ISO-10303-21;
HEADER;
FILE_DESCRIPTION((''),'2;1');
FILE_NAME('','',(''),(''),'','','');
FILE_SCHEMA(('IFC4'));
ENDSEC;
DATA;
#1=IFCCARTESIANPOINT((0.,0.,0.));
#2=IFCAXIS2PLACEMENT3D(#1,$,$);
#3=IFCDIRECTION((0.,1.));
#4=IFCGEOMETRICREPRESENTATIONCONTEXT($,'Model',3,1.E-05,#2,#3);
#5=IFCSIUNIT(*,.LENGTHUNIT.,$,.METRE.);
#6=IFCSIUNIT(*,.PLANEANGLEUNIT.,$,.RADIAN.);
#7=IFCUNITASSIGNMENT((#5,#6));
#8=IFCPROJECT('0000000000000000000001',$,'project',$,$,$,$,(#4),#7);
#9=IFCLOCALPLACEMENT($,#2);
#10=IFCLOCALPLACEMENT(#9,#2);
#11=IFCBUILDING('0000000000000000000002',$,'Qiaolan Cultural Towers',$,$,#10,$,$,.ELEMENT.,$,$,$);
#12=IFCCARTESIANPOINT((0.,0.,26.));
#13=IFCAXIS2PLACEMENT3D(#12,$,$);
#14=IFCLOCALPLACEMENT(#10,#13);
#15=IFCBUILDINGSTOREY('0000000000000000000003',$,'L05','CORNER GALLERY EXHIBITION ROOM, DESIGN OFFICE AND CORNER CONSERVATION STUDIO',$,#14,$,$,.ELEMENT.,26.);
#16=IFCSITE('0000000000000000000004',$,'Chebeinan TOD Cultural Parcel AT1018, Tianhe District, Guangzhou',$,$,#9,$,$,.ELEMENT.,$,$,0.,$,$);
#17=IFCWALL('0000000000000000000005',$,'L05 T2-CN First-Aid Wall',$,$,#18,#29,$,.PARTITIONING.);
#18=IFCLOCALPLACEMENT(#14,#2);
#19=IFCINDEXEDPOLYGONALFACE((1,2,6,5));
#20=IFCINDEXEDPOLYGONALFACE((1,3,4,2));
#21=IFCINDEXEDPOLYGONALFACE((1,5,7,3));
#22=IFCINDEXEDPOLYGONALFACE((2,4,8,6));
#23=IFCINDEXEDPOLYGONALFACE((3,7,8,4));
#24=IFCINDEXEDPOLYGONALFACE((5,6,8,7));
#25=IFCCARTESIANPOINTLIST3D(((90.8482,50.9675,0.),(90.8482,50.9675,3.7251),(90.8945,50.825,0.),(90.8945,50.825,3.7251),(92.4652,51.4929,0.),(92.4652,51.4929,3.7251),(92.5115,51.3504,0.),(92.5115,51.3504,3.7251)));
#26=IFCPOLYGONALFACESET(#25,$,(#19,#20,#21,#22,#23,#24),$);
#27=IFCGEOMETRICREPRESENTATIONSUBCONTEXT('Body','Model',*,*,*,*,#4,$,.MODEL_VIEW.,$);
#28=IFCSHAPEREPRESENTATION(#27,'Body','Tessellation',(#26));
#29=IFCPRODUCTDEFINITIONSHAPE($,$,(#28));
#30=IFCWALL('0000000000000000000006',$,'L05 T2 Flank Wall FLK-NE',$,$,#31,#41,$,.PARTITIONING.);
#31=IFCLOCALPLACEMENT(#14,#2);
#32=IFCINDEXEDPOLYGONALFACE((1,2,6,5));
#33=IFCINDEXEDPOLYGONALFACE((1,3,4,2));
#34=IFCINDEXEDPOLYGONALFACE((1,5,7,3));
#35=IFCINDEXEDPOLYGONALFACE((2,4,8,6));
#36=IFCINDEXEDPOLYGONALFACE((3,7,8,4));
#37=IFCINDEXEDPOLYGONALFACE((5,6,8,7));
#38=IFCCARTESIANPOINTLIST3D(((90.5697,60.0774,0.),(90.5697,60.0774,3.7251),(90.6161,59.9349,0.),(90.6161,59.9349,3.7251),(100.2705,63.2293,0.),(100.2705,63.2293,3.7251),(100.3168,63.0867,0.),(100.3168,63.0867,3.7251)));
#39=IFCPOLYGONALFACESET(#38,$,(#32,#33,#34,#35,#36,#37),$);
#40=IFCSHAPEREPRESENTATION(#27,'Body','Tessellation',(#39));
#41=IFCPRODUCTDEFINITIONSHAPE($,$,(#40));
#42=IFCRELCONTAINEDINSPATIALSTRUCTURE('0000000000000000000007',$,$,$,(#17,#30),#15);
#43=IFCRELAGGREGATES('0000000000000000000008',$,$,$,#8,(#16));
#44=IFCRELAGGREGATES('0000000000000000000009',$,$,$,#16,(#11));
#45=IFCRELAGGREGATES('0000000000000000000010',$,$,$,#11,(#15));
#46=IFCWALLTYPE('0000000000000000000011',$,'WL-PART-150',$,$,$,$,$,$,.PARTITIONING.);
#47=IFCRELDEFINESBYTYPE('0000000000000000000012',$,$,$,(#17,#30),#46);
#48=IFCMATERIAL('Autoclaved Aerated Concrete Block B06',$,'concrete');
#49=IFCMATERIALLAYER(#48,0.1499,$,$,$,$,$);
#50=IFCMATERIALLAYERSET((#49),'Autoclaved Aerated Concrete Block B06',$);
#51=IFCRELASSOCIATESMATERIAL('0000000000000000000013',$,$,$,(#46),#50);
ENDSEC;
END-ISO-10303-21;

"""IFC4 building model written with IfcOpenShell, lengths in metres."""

from ifc_helpers import new_model, si_unit, direction, frame, frame_2d, origin, place, context, subcontext, project, spatial, rectangle, extrude, material, layer, layer_set, type_object, element, save


model = new_model("IFC4")

# Units and contexts
model_context = context("Model", 3, precision=1e-05, world=origin(), true_north=direction((0.0, 1.0)))
body_context = subcontext(model_context, "Body", "Model", "MODEL_VIEW")
ifc_project = project(units=[si_unit("LENGTHUNIT", "METRE"), si_unit("PLANEANGLEUNIT", "RADIAN")], contexts=[model_context])

# Site, building, storey
site_placement = place(None, origin())
site = spatial("IfcSite", under=ifc_project, at=site_placement, Name="Chebeinan TOD Cultural Parcel AT1018, Tianhe District, Guangzhou", CompositionType="ELEMENT", RefElevation=0.0)
building_placement = place(site_placement, origin())
building = spatial("IfcBuilding", under=site, at=building_placement, Name="Qiaolan Cultural Towers", CompositionType="ELEMENT")
storey_placement = place(building_placement, frame((0.0, 0.0, 26.0)))
storey = spatial("IfcBuildingStorey", under=building, at=storey_placement, Name="L05", Description="CORNER GALLERY EXHIBITION ROOM, DESIGN OFFICE AND CORNER CONSERVATION STUDIO", CompositionType="ELEMENT", Elevation=26.0)

# Walls
ifc_material_1 = material(Name="Autoclaved Aerated Concrete Block B06", Category="concrete")
ifc_layer_1 = layer(ifc_material_1, 0.1499)
ifc_layer_set_1 = layer_set([ifc_layer_1], Name="Autoclaved Aerated Concrete Block B06")
wall_type_1 = type_object("IfcWallType", Name="WL-PART-150", PredefinedType="PARTITIONING", material=ifc_layer_set_1)
wall_1_placement = place(storey_placement, frame((90.8713, 50.8962, 0.0), z_axis=(0.0, 0.0, 1.0), x_axis=(0.951054, 0.309024, 0.0)))
element("IfcWall", 1, at=wall_1_placement, inside=storey, type_object=wall_type_1, Name="L05 T2-CN First-Aid Wall", PredefinedType="PARTITIONING", context=body_context, shape_type="SweptSolid", body=[
    extrude(rectangle(XDim=1.7002, YDim=0.1499, at=frame_2d((0.8501, 0.0))), origin(), (0.0, 0.0, 1.0), 3.7251),
])
wall_2_placement = place(storey_placement, frame((90.5928, 60.0061, 0.0), z_axis=(0.0, 0.0, 1.0), x_axis=(0.951059, 0.309009, 0.0)))
element("IfcWall", 2, at=wall_2_placement, inside=storey, type_object=wall_type_1, Name="L05 T2 Flank Wall FLK-NE", PredefinedType="PARTITIONING", context=body_context, shape_type="SweptSolid", body=[
    extrude(rectangle(XDim=10.2, YDim=0.1499, at=frame_2d((5.1001, 0.0))), origin(), (0.0, 0.0, 1.0), 3.7251),
])

save(model, "model.ifc")
